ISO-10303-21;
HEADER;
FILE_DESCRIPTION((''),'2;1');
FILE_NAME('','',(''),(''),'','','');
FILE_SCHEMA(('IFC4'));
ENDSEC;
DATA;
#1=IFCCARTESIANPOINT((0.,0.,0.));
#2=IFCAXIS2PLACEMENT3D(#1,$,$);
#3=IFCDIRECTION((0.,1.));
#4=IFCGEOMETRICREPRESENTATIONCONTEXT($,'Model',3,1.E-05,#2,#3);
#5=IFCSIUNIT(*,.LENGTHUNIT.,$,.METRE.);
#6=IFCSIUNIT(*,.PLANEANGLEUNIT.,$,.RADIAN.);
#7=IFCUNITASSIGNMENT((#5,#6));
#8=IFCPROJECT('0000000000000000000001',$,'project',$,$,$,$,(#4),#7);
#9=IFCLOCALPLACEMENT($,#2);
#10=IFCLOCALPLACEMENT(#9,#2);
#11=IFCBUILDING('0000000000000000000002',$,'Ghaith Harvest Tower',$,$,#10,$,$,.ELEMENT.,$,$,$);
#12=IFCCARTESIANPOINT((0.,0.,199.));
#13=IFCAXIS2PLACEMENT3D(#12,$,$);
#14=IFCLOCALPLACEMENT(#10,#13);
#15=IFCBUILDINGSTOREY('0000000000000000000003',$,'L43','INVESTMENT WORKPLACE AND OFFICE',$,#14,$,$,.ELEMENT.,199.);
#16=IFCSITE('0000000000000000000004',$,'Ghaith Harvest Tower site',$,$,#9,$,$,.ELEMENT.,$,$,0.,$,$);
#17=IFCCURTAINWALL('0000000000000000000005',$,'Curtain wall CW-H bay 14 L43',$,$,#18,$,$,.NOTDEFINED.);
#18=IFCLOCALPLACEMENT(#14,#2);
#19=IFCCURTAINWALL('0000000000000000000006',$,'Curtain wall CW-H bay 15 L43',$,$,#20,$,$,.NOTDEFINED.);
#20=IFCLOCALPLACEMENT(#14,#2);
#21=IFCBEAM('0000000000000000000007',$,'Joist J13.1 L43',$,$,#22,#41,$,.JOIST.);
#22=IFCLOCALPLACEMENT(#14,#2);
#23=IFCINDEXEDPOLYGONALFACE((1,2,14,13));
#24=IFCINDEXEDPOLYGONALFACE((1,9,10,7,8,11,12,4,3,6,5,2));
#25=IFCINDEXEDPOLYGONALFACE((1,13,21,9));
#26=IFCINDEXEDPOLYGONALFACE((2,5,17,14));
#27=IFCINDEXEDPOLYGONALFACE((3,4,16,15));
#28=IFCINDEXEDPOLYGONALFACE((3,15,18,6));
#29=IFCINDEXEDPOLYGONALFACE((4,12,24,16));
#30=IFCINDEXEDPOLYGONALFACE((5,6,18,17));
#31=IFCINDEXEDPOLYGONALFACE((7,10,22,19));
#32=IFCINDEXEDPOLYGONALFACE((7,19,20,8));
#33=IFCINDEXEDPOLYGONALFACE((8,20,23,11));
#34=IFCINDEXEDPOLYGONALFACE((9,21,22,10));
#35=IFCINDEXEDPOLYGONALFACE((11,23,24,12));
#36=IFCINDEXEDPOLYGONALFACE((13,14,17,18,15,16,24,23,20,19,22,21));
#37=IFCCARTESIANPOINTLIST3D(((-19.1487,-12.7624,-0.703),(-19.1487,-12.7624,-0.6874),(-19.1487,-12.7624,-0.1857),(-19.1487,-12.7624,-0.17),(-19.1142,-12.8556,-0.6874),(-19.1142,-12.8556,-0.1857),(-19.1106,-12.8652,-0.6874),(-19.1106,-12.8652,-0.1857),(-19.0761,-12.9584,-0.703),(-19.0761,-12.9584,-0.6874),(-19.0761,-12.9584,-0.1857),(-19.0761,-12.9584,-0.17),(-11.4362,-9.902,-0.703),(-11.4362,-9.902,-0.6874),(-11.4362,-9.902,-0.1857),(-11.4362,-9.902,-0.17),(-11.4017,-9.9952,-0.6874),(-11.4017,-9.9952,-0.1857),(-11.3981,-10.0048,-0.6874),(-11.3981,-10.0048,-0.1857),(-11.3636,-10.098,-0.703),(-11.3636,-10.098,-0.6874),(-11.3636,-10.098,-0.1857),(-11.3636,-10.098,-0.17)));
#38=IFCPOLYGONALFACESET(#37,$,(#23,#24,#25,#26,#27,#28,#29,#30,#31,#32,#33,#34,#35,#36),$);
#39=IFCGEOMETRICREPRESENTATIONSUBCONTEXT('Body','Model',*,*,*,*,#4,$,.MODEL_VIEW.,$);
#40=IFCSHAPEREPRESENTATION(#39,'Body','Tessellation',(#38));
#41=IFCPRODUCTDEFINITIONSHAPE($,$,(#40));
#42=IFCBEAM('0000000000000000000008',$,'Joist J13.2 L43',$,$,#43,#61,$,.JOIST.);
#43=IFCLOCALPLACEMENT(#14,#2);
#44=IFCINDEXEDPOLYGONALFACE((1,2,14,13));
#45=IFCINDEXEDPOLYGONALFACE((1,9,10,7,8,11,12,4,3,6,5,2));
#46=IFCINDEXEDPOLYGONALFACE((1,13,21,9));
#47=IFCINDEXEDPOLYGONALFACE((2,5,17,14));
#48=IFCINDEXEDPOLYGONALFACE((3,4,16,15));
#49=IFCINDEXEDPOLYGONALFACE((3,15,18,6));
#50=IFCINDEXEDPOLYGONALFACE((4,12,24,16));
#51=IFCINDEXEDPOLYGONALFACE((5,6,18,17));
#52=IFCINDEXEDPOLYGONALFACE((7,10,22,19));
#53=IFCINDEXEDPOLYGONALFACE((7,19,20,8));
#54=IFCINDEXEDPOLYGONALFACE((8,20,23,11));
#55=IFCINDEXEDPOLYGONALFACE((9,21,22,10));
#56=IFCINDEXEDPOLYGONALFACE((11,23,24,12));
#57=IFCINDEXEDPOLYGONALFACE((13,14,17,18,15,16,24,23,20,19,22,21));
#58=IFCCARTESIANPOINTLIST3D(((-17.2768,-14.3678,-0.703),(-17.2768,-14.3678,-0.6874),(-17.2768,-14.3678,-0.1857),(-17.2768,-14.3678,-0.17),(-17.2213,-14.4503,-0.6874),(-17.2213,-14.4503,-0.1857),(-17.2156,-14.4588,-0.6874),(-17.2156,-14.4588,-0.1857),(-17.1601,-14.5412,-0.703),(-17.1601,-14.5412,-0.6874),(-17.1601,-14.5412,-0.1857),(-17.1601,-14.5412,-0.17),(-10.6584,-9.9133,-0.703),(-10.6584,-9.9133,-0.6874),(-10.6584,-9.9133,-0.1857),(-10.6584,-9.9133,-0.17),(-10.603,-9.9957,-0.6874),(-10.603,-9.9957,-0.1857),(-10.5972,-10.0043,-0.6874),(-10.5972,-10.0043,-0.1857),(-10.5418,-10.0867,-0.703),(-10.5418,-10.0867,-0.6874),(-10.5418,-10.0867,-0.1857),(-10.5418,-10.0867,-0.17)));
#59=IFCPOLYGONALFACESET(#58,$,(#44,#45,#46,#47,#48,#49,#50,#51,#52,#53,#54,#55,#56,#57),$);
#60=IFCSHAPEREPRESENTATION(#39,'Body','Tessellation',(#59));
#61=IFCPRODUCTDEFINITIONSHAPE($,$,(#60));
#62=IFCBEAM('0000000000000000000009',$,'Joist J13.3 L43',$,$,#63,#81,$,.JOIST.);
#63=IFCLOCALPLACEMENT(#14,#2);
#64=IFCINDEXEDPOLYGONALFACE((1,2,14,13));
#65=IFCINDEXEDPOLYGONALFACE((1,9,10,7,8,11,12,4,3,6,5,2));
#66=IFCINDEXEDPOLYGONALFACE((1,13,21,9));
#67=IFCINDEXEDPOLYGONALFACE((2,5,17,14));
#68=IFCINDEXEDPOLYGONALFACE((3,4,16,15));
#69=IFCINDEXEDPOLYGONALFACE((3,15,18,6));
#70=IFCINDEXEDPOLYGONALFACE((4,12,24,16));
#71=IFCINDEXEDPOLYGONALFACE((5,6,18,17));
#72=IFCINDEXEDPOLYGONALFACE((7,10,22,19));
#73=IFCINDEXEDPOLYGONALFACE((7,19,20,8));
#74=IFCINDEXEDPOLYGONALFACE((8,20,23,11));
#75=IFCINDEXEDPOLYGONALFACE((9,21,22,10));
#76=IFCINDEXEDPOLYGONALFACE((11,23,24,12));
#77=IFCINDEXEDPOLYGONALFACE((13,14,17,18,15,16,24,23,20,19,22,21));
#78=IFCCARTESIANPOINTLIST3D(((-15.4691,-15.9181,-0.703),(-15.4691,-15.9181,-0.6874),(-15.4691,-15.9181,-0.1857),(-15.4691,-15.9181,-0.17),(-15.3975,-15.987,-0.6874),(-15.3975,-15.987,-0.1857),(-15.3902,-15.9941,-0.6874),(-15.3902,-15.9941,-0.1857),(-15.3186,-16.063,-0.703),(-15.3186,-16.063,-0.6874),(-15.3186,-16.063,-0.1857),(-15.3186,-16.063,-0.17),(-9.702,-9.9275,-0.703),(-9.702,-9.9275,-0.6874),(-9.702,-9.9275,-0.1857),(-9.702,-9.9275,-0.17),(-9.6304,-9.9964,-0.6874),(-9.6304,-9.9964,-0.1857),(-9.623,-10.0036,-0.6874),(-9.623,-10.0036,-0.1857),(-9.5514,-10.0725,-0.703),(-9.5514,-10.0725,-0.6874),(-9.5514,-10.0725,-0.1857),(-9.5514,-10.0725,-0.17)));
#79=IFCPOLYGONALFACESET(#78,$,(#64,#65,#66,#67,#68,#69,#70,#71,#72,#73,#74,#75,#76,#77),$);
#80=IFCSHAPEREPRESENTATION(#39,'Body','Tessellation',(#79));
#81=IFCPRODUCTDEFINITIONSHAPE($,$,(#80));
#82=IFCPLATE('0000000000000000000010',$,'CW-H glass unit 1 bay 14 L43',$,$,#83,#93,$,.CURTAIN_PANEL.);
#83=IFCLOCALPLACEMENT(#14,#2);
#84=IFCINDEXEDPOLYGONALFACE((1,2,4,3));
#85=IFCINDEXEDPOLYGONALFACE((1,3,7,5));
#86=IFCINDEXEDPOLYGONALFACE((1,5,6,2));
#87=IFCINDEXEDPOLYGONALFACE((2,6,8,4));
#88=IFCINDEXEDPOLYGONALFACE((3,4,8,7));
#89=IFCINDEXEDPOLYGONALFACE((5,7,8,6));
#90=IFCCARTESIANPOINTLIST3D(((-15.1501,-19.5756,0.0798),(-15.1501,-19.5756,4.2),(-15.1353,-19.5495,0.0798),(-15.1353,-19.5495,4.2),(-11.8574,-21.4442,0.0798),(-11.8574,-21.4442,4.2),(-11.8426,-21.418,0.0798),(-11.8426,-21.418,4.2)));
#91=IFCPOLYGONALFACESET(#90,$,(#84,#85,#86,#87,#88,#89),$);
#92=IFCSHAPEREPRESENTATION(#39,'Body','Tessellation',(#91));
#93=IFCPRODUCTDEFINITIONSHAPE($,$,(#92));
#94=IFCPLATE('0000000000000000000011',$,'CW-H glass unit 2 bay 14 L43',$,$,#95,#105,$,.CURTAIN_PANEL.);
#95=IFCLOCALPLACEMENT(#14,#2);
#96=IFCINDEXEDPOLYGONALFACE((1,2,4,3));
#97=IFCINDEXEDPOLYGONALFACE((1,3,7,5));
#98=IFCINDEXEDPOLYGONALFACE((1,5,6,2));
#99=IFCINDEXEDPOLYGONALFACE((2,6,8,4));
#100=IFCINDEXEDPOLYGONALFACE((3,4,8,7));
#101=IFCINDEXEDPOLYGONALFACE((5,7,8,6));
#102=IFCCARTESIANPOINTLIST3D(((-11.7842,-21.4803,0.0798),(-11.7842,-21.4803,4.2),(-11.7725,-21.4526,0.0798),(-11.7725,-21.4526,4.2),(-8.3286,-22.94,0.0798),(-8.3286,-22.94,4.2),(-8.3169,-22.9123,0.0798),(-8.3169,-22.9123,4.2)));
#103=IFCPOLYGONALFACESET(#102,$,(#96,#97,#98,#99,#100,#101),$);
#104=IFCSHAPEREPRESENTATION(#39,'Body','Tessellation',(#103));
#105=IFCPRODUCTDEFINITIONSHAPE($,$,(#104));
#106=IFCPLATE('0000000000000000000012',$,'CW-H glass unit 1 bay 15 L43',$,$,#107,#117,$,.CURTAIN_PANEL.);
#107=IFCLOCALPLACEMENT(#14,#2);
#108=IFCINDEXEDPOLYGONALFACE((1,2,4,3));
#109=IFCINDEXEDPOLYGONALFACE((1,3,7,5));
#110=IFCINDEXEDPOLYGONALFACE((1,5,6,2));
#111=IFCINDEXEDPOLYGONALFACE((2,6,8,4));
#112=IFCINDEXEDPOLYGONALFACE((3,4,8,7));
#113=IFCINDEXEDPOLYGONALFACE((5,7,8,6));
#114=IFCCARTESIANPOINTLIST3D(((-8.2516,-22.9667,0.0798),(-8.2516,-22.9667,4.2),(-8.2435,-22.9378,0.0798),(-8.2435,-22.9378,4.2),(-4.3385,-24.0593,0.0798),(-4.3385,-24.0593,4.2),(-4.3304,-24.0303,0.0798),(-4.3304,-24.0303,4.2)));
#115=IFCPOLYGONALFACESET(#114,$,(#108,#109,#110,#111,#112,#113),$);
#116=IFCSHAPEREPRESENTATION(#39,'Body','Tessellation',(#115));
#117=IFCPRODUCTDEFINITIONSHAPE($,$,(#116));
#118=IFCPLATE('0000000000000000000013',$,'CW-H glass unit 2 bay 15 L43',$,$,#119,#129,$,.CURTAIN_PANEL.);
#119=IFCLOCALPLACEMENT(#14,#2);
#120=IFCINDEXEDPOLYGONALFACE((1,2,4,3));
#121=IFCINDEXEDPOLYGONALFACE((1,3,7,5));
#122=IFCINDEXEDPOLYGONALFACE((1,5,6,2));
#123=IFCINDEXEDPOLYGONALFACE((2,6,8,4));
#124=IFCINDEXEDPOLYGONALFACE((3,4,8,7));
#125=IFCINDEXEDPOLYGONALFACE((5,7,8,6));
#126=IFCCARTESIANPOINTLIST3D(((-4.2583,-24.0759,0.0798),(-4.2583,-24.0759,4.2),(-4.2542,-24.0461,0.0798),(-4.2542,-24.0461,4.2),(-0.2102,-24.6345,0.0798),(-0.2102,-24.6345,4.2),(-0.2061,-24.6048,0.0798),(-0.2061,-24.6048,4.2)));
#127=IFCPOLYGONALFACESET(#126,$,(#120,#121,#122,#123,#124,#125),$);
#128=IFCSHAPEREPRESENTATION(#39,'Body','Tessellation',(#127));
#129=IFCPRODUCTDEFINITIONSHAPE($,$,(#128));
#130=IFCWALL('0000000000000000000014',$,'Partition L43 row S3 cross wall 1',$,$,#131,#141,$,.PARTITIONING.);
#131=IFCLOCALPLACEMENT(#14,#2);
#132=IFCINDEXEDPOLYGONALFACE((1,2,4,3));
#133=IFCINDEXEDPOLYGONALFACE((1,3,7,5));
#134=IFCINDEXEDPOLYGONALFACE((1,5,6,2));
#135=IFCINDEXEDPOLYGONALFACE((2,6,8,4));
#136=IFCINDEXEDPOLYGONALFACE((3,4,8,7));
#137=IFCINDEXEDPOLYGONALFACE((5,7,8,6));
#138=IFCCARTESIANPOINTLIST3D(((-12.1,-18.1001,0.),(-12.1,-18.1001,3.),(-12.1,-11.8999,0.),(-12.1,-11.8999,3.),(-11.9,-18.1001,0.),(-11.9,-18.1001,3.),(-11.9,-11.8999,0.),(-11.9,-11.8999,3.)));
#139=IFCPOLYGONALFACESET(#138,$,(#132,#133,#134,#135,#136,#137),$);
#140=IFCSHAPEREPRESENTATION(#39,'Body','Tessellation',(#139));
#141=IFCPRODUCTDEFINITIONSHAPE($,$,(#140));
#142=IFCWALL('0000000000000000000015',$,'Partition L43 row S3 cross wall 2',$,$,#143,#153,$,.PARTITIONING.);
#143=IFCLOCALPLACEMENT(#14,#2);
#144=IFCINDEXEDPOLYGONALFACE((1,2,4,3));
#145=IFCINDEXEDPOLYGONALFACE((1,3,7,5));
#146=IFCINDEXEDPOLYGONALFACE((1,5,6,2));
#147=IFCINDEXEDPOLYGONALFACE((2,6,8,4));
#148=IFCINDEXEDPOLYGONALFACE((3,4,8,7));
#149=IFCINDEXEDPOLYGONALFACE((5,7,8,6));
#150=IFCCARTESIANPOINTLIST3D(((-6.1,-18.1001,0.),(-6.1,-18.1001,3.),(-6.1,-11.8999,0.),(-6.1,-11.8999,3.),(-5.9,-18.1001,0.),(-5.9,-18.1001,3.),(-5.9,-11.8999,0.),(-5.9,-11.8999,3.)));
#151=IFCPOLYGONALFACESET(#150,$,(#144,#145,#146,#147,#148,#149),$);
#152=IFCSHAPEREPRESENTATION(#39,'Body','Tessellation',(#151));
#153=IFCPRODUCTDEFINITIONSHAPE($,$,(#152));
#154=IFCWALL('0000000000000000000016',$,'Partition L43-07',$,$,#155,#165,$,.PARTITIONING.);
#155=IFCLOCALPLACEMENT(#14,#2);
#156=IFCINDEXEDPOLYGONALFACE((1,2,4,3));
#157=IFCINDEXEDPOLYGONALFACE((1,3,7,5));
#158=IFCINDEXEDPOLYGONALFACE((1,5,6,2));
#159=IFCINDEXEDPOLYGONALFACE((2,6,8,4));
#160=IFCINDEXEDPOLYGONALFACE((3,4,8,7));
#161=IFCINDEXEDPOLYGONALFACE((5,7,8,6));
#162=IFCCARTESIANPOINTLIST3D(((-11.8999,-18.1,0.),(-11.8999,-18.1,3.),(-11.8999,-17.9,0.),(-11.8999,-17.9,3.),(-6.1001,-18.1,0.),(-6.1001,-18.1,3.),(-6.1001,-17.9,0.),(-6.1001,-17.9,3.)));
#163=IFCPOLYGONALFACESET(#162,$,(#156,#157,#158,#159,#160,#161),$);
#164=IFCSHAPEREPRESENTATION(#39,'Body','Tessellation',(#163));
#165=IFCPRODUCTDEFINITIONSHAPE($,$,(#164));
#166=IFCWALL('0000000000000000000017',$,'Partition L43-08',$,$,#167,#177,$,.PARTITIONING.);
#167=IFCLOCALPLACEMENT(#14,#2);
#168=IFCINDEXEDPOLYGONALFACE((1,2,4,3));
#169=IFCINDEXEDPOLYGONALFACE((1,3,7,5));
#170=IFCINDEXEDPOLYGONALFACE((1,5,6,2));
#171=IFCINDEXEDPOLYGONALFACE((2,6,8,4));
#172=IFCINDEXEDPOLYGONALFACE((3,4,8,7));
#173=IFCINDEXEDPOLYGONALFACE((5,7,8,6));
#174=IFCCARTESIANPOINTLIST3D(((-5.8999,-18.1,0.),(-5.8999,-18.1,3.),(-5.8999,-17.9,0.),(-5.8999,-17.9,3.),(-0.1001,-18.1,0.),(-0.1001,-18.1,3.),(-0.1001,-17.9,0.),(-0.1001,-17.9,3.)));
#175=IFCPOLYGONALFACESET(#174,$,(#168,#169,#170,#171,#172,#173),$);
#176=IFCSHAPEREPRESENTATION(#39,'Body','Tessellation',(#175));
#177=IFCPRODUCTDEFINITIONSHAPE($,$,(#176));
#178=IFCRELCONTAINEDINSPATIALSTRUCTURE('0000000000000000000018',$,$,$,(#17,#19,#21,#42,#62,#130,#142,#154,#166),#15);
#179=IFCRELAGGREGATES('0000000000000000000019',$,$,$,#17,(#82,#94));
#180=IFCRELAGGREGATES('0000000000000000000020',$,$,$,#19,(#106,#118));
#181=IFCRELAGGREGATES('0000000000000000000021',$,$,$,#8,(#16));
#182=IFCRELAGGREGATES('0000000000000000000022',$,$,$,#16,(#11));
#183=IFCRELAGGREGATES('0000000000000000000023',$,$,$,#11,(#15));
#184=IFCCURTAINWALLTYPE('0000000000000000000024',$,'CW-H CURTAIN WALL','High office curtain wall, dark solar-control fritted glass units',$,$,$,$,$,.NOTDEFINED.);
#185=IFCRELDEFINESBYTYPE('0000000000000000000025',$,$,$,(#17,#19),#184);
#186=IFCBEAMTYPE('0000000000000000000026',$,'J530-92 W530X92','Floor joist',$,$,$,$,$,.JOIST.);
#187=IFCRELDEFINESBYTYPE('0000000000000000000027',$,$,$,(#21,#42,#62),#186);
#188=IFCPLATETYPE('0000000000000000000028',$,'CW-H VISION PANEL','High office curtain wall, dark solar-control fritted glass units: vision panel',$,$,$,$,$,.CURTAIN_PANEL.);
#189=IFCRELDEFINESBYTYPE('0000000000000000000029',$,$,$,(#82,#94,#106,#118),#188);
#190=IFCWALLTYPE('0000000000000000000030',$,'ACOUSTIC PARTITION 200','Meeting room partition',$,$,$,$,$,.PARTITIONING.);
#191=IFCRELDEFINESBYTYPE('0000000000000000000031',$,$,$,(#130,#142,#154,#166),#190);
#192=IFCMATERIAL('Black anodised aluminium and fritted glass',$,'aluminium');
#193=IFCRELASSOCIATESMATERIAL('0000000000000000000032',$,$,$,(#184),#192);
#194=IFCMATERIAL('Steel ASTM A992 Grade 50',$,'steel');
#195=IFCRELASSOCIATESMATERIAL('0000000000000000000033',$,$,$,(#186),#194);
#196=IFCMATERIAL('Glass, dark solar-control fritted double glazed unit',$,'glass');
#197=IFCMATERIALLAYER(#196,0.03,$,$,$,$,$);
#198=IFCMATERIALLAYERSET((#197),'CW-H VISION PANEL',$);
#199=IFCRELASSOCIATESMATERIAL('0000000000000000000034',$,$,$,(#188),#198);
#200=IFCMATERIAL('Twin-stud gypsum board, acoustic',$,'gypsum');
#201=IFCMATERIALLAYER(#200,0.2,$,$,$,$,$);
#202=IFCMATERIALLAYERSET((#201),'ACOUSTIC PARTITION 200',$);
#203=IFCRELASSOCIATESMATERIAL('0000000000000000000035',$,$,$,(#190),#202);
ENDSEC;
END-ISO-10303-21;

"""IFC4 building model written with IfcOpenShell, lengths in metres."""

from ifc_helpers import new_model, si_unit, direction, frame, frame_2d, origin, origin_2d, place, context, subcontext, project, spatial, rectangle, i_section, extrude, material, layer, layer_set, material_profile, profile_set, type_object, element, aggregate, save


model = new_model("IFC4")

# Units and contexts
model_context = context("Model", 3, precision=1e-05, world=origin(), true_north=direction((0.0, 1.0)))
body_context = subcontext(model_context, "Body", "Model", "MODEL_VIEW")
ifc_project = project(units=[si_unit("LENGTHUNIT", "METRE"), si_unit("PLANEANGLEUNIT", "RADIAN")], contexts=[model_context])

# Site, building, storey
site_placement = place(None, origin())
site = spatial("IfcSite", under=ifc_project, at=site_placement, Name="Ghaith Harvest Tower site", CompositionType="ELEMENT", RefElevation=0.0)
building_placement = place(site_placement, origin())
building = spatial("IfcBuilding", under=site, at=building_placement, Name="Ghaith Harvest Tower", CompositionType="ELEMENT")
storey_placement = place(building_placement, frame((0.0, 0.0, 199.0)))
storey = spatial("IfcBuildingStorey", under=building, at=storey_placement, Name="L43", Description="INVESTMENT WORKPLACE AND OFFICE", CompositionType="ELEMENT", Elevation=199.0)

# Curtain wall
ifc_material_1 = material(Name="Black anodised aluminium and fritted glass", Category="aluminium")
curtain_wall_type = type_object("IfcCurtainWallType", Name="CW-H CURTAIN WALL", Description="High office curtain wall, dark solar-control fritted glass units", PredefinedType="NOTDEFINED", material=ifc_material_1)
curtain_wall_1_placement = place(storey_placement, origin())
curtain_wall_1 = element("IfcCurtainWall", 1, at=curtain_wall_1_placement, inside=storey, type_object=curtain_wall_type, Name="Curtain wall CW-H bay 14 L43", PredefinedType="NOTDEFINED")

# Curtain wall
curtain_wall_2_placement = place(storey_placement, origin())
curtain_wall_2 = element("IfcCurtainWall", 2, at=curtain_wall_2_placement, inside=storey, type_object=curtain_wall_type, Name="Curtain wall CW-H bay 15 L43", PredefinedType="NOTDEFINED")

# Beams
ifc_material_2 = material(Name="Steel ASTM A992 Grade 50", Category="steel")
ifc_material_profile_1 = material_profile(ifc_material_2, i_section(OverallWidth=0.209, OverallDepth=0.533, WebThickness=0.0103, FlangeThickness=0.0156, at=origin_2d()), Name="W530X92")
ifc_profile_set_1 = profile_set([ifc_material_profile_1], Name="Steel ASTM A992 Grade 50")
beam_type_1 = type_object("IfcBeamType", Name="J530-92 W530X92", Description="Floor joist", PredefinedType="JOIST", material=ifc_profile_set_1)
beam_1_placement = place(storey_placement, frame((-11.3999, -10.0, -0.4365), z_axis=(-0.937594, -0.347732, 0.0), x_axis=(0.347732, -0.937594, 0.0)))
element("IfcBeam", 3, at=beam_1_placement, inside=storey, type_object=beam_type_1, Name="Joist J13.1 L43", PredefinedType="JOIST", context=body_context, shape_type="SweptSolid", body=[
    extrude(i_section(OverallWidth=0.209, OverallDepth=0.533, WebThickness=0.0103, FlangeThickness=0.0156, at=origin_2d()), origin(), (0.0, 0.0, 1.0), 8.2258),
])
beam_2_placement = place(storey_placement, frame((-10.6001, -10.0, -0.4365), z_axis=(-0.829594, -0.558367, 0.0), x_axis=(0.558367, -0.829594, 0.0)))
element("IfcBeam", 4, at=beam_2_placement, inside=storey, type_object=beam_type_1, Name="Joist J13.2 L43", PredefinedType="JOIST", context=body_context, shape_type="SweptSolid", body=[
    extrude(i_section(OverallWidth=0.209, OverallDepth=0.533, WebThickness=0.0103, FlangeThickness=0.0156, at=origin_2d()), origin(), (0.0, 0.0, 1.0), 7.9778),
])
beam_3_placement = place(storey_placement, frame((-9.6267, -10.0, -0.4365), z_axis=(-0.693547, -0.720411, 0.0), x_axis=(0.720411, -0.693547, 0.0)))
element("IfcBeam", 5, at=beam_3_placement, inside=storey, type_object=beam_type_1, Name="Joist J13.3 L43", PredefinedType="JOIST", context=body_context, shape_type="SweptSolid", body=[
    extrude(i_section(OverallWidth=0.209, OverallDepth=0.533, WebThickness=0.0103, FlangeThickness=0.0156, at=origin_2d()), origin(), (0.0, 0.0, 1.0), 8.3154),
])

# Plates
ifc_material_3 = material(Name="Glass, dark solar-control fritted double glazed unit", Category="glass")
ifc_layer_1 = layer(ifc_material_3, 0.03)
ifc_layer_set_1 = layer_set([ifc_layer_1], Name="CW-H VISION PANEL")
plate_type = type_object("IfcPlateType", Name="CW-H VISION PANEL", Description="High office curtain wall, dark solar-control fritted glass units: vision panel", PredefinedType="CURTAIN_PANEL", material=ifc_layer_set_1)
plate_1_placement = place(storey_placement, frame((-13.4963, -20.4968, 0.0798), z_axis=(0.0, 0.0, 1.0), x_axis=(0.869715, -0.493554, 0.0)))
plate_1 = element("IfcPlate", 6, at=plate_1_placement, type_object=plate_type, Name="CW-H glass unit 1 bay 14 L43", PredefinedType="CURTAIN_PANEL", context=body_context, shape_type="SweptSolid", body=[
    extrude(rectangle(XDim=3.7859, YDim=0.03, at=origin_2d()), origin(), (0.0, 0.0, 1.0), 4.1201),
])
plate_2_placement = place(storey_placement, frame((-10.0505, -22.1963, 0.0798), z_axis=(0.0, 0.0, 1.0), x_axis=(0.921182, -0.389133, 0.0)))
plate_2 = element("IfcPlate", 7, at=plate_2_placement, type_object=plate_type, Name="CW-H glass unit 2 bay 14 L43", PredefinedType="CURTAIN_PANEL", context=body_context, shape_type="SweptSolid", body=[
    extrude(rectangle(XDim=3.7512, YDim=0.03, at=origin_2d()), origin(), (0.0, 0.0, 1.0), 4.1201),
])
aggregate(curtain_wall_1, [plate_1, plate_2])
plate_3_placement = place(storey_placement, frame((-6.291, -23.4985, 0.0798), z_axis=(0.0, 0.0, 1.0), x_axis=(0.963163, -0.268919, 0.0)))
plate_3 = element("IfcPlate", 8, at=plate_3_placement, type_object=plate_type, Name="CW-H glass unit 1 bay 15 L43", PredefinedType="CURTAIN_PANEL", context=body_context, shape_type="SweptSolid", body=[
    extrude(rectangle(XDim=4.0627, YDim=0.03, at=origin_2d()), origin(), (0.0, 0.0, 1.0), 4.1201),
])
plate_4_placement = place(storey_placement, frame((-2.2322, -24.3403, 0.0798), z_axis=(0.0, 0.0, 1.0), x_axis=(0.990612, -0.136702, 0.0)))
plate_4 = element("IfcPlate", 9, at=plate_4_placement, type_object=plate_type, Name="CW-H glass unit 2 bay 15 L43", PredefinedType="CURTAIN_PANEL", context=body_context, shape_type="SweptSolid", body=[
    extrude(rectangle(XDim=4.0864, YDim=0.03, at=origin_2d()), origin(), (0.0, 0.0, 1.0), 4.1201),
])
aggregate(curtain_wall_2, [plate_3, plate_4])

# Walls
ifc_material_4 = material(Name="Twin-stud gypsum board, acoustic", Category="gypsum")
ifc_layer_2 = layer(ifc_material_4, 0.2)
ifc_layer_set_2 = layer_set([ifc_layer_2], Name="ACOUSTIC PARTITION 200")
wall_type = type_object("IfcWallType", Name="ACOUSTIC PARTITION 200", Description="Meeting room partition", PredefinedType="PARTITIONING", material=ifc_layer_set_2)
for number, where, z_axis, x_axis, name in (
    (10, (-12.0, -11.8999, 0.0), (0.0, 0.0, 1.0), (0.0, -1.0, 0.0), "Partition L43 row S3 cross wall 1"),
    (11, (-6.0, -11.8999, 0.0), (0.0, 0.0, 1.0), (0.0, -1.0, 0.0), "Partition L43 row S3 cross wall 2"),
):
    element("IfcWall", number, at=place(storey_placement, frame(where, z_axis=z_axis, x_axis=x_axis)), inside=storey, type_object=wall_type, Name=name, PredefinedType="PARTITIONING", context=body_context, shape_type="SweptSolid", body=[
        extrude(rectangle(XDim=6.2002, YDim=0.2, at=frame_2d((3.1001, 0.0))), origin(), (0.0, 0.0, 1.0), 3.0),
    ])

# Wall
wall_1_placement = place(storey_placement, frame((-11.8999, -18.0, 0.0), z_axis=(0.0, 0.0, 1.0), x_axis=(1.0, 0.0, 0.0)))
element("IfcWall", 12, at=wall_1_placement, inside=storey, type_object=wall_type, Name="Partition L43-07", PredefinedType="PARTITIONING", context=body_context, shape_type="SweptSolid", body=[
    extrude(rectangle(XDim=5.7998, YDim=0.2, at=frame_2d((2.8999, 0.0))), origin(), (0.0, 0.0, 1.0), 3.0),
])

# Wall
wall_2_placement = place(storey_placement, frame((-5.8999, -18.0, 0.0), z_axis=(0.0, 0.0, 1.0), x_axis=(1.0, 0.0, 0.0)))
element("IfcWall", 13, at=wall_2_placement, inside=storey, type_object=wall_type, Name="Partition L43-08", PredefinedType="PARTITIONING", context=body_context, shape_type="SweptSolid", body=[
    extrude(rectangle(XDim=5.7998, YDim=0.2, at=frame_2d((2.8999, 0.0))), origin(), (0.0, 0.0, 1.0), 3.0),
])

save(model, "model.ifc")
